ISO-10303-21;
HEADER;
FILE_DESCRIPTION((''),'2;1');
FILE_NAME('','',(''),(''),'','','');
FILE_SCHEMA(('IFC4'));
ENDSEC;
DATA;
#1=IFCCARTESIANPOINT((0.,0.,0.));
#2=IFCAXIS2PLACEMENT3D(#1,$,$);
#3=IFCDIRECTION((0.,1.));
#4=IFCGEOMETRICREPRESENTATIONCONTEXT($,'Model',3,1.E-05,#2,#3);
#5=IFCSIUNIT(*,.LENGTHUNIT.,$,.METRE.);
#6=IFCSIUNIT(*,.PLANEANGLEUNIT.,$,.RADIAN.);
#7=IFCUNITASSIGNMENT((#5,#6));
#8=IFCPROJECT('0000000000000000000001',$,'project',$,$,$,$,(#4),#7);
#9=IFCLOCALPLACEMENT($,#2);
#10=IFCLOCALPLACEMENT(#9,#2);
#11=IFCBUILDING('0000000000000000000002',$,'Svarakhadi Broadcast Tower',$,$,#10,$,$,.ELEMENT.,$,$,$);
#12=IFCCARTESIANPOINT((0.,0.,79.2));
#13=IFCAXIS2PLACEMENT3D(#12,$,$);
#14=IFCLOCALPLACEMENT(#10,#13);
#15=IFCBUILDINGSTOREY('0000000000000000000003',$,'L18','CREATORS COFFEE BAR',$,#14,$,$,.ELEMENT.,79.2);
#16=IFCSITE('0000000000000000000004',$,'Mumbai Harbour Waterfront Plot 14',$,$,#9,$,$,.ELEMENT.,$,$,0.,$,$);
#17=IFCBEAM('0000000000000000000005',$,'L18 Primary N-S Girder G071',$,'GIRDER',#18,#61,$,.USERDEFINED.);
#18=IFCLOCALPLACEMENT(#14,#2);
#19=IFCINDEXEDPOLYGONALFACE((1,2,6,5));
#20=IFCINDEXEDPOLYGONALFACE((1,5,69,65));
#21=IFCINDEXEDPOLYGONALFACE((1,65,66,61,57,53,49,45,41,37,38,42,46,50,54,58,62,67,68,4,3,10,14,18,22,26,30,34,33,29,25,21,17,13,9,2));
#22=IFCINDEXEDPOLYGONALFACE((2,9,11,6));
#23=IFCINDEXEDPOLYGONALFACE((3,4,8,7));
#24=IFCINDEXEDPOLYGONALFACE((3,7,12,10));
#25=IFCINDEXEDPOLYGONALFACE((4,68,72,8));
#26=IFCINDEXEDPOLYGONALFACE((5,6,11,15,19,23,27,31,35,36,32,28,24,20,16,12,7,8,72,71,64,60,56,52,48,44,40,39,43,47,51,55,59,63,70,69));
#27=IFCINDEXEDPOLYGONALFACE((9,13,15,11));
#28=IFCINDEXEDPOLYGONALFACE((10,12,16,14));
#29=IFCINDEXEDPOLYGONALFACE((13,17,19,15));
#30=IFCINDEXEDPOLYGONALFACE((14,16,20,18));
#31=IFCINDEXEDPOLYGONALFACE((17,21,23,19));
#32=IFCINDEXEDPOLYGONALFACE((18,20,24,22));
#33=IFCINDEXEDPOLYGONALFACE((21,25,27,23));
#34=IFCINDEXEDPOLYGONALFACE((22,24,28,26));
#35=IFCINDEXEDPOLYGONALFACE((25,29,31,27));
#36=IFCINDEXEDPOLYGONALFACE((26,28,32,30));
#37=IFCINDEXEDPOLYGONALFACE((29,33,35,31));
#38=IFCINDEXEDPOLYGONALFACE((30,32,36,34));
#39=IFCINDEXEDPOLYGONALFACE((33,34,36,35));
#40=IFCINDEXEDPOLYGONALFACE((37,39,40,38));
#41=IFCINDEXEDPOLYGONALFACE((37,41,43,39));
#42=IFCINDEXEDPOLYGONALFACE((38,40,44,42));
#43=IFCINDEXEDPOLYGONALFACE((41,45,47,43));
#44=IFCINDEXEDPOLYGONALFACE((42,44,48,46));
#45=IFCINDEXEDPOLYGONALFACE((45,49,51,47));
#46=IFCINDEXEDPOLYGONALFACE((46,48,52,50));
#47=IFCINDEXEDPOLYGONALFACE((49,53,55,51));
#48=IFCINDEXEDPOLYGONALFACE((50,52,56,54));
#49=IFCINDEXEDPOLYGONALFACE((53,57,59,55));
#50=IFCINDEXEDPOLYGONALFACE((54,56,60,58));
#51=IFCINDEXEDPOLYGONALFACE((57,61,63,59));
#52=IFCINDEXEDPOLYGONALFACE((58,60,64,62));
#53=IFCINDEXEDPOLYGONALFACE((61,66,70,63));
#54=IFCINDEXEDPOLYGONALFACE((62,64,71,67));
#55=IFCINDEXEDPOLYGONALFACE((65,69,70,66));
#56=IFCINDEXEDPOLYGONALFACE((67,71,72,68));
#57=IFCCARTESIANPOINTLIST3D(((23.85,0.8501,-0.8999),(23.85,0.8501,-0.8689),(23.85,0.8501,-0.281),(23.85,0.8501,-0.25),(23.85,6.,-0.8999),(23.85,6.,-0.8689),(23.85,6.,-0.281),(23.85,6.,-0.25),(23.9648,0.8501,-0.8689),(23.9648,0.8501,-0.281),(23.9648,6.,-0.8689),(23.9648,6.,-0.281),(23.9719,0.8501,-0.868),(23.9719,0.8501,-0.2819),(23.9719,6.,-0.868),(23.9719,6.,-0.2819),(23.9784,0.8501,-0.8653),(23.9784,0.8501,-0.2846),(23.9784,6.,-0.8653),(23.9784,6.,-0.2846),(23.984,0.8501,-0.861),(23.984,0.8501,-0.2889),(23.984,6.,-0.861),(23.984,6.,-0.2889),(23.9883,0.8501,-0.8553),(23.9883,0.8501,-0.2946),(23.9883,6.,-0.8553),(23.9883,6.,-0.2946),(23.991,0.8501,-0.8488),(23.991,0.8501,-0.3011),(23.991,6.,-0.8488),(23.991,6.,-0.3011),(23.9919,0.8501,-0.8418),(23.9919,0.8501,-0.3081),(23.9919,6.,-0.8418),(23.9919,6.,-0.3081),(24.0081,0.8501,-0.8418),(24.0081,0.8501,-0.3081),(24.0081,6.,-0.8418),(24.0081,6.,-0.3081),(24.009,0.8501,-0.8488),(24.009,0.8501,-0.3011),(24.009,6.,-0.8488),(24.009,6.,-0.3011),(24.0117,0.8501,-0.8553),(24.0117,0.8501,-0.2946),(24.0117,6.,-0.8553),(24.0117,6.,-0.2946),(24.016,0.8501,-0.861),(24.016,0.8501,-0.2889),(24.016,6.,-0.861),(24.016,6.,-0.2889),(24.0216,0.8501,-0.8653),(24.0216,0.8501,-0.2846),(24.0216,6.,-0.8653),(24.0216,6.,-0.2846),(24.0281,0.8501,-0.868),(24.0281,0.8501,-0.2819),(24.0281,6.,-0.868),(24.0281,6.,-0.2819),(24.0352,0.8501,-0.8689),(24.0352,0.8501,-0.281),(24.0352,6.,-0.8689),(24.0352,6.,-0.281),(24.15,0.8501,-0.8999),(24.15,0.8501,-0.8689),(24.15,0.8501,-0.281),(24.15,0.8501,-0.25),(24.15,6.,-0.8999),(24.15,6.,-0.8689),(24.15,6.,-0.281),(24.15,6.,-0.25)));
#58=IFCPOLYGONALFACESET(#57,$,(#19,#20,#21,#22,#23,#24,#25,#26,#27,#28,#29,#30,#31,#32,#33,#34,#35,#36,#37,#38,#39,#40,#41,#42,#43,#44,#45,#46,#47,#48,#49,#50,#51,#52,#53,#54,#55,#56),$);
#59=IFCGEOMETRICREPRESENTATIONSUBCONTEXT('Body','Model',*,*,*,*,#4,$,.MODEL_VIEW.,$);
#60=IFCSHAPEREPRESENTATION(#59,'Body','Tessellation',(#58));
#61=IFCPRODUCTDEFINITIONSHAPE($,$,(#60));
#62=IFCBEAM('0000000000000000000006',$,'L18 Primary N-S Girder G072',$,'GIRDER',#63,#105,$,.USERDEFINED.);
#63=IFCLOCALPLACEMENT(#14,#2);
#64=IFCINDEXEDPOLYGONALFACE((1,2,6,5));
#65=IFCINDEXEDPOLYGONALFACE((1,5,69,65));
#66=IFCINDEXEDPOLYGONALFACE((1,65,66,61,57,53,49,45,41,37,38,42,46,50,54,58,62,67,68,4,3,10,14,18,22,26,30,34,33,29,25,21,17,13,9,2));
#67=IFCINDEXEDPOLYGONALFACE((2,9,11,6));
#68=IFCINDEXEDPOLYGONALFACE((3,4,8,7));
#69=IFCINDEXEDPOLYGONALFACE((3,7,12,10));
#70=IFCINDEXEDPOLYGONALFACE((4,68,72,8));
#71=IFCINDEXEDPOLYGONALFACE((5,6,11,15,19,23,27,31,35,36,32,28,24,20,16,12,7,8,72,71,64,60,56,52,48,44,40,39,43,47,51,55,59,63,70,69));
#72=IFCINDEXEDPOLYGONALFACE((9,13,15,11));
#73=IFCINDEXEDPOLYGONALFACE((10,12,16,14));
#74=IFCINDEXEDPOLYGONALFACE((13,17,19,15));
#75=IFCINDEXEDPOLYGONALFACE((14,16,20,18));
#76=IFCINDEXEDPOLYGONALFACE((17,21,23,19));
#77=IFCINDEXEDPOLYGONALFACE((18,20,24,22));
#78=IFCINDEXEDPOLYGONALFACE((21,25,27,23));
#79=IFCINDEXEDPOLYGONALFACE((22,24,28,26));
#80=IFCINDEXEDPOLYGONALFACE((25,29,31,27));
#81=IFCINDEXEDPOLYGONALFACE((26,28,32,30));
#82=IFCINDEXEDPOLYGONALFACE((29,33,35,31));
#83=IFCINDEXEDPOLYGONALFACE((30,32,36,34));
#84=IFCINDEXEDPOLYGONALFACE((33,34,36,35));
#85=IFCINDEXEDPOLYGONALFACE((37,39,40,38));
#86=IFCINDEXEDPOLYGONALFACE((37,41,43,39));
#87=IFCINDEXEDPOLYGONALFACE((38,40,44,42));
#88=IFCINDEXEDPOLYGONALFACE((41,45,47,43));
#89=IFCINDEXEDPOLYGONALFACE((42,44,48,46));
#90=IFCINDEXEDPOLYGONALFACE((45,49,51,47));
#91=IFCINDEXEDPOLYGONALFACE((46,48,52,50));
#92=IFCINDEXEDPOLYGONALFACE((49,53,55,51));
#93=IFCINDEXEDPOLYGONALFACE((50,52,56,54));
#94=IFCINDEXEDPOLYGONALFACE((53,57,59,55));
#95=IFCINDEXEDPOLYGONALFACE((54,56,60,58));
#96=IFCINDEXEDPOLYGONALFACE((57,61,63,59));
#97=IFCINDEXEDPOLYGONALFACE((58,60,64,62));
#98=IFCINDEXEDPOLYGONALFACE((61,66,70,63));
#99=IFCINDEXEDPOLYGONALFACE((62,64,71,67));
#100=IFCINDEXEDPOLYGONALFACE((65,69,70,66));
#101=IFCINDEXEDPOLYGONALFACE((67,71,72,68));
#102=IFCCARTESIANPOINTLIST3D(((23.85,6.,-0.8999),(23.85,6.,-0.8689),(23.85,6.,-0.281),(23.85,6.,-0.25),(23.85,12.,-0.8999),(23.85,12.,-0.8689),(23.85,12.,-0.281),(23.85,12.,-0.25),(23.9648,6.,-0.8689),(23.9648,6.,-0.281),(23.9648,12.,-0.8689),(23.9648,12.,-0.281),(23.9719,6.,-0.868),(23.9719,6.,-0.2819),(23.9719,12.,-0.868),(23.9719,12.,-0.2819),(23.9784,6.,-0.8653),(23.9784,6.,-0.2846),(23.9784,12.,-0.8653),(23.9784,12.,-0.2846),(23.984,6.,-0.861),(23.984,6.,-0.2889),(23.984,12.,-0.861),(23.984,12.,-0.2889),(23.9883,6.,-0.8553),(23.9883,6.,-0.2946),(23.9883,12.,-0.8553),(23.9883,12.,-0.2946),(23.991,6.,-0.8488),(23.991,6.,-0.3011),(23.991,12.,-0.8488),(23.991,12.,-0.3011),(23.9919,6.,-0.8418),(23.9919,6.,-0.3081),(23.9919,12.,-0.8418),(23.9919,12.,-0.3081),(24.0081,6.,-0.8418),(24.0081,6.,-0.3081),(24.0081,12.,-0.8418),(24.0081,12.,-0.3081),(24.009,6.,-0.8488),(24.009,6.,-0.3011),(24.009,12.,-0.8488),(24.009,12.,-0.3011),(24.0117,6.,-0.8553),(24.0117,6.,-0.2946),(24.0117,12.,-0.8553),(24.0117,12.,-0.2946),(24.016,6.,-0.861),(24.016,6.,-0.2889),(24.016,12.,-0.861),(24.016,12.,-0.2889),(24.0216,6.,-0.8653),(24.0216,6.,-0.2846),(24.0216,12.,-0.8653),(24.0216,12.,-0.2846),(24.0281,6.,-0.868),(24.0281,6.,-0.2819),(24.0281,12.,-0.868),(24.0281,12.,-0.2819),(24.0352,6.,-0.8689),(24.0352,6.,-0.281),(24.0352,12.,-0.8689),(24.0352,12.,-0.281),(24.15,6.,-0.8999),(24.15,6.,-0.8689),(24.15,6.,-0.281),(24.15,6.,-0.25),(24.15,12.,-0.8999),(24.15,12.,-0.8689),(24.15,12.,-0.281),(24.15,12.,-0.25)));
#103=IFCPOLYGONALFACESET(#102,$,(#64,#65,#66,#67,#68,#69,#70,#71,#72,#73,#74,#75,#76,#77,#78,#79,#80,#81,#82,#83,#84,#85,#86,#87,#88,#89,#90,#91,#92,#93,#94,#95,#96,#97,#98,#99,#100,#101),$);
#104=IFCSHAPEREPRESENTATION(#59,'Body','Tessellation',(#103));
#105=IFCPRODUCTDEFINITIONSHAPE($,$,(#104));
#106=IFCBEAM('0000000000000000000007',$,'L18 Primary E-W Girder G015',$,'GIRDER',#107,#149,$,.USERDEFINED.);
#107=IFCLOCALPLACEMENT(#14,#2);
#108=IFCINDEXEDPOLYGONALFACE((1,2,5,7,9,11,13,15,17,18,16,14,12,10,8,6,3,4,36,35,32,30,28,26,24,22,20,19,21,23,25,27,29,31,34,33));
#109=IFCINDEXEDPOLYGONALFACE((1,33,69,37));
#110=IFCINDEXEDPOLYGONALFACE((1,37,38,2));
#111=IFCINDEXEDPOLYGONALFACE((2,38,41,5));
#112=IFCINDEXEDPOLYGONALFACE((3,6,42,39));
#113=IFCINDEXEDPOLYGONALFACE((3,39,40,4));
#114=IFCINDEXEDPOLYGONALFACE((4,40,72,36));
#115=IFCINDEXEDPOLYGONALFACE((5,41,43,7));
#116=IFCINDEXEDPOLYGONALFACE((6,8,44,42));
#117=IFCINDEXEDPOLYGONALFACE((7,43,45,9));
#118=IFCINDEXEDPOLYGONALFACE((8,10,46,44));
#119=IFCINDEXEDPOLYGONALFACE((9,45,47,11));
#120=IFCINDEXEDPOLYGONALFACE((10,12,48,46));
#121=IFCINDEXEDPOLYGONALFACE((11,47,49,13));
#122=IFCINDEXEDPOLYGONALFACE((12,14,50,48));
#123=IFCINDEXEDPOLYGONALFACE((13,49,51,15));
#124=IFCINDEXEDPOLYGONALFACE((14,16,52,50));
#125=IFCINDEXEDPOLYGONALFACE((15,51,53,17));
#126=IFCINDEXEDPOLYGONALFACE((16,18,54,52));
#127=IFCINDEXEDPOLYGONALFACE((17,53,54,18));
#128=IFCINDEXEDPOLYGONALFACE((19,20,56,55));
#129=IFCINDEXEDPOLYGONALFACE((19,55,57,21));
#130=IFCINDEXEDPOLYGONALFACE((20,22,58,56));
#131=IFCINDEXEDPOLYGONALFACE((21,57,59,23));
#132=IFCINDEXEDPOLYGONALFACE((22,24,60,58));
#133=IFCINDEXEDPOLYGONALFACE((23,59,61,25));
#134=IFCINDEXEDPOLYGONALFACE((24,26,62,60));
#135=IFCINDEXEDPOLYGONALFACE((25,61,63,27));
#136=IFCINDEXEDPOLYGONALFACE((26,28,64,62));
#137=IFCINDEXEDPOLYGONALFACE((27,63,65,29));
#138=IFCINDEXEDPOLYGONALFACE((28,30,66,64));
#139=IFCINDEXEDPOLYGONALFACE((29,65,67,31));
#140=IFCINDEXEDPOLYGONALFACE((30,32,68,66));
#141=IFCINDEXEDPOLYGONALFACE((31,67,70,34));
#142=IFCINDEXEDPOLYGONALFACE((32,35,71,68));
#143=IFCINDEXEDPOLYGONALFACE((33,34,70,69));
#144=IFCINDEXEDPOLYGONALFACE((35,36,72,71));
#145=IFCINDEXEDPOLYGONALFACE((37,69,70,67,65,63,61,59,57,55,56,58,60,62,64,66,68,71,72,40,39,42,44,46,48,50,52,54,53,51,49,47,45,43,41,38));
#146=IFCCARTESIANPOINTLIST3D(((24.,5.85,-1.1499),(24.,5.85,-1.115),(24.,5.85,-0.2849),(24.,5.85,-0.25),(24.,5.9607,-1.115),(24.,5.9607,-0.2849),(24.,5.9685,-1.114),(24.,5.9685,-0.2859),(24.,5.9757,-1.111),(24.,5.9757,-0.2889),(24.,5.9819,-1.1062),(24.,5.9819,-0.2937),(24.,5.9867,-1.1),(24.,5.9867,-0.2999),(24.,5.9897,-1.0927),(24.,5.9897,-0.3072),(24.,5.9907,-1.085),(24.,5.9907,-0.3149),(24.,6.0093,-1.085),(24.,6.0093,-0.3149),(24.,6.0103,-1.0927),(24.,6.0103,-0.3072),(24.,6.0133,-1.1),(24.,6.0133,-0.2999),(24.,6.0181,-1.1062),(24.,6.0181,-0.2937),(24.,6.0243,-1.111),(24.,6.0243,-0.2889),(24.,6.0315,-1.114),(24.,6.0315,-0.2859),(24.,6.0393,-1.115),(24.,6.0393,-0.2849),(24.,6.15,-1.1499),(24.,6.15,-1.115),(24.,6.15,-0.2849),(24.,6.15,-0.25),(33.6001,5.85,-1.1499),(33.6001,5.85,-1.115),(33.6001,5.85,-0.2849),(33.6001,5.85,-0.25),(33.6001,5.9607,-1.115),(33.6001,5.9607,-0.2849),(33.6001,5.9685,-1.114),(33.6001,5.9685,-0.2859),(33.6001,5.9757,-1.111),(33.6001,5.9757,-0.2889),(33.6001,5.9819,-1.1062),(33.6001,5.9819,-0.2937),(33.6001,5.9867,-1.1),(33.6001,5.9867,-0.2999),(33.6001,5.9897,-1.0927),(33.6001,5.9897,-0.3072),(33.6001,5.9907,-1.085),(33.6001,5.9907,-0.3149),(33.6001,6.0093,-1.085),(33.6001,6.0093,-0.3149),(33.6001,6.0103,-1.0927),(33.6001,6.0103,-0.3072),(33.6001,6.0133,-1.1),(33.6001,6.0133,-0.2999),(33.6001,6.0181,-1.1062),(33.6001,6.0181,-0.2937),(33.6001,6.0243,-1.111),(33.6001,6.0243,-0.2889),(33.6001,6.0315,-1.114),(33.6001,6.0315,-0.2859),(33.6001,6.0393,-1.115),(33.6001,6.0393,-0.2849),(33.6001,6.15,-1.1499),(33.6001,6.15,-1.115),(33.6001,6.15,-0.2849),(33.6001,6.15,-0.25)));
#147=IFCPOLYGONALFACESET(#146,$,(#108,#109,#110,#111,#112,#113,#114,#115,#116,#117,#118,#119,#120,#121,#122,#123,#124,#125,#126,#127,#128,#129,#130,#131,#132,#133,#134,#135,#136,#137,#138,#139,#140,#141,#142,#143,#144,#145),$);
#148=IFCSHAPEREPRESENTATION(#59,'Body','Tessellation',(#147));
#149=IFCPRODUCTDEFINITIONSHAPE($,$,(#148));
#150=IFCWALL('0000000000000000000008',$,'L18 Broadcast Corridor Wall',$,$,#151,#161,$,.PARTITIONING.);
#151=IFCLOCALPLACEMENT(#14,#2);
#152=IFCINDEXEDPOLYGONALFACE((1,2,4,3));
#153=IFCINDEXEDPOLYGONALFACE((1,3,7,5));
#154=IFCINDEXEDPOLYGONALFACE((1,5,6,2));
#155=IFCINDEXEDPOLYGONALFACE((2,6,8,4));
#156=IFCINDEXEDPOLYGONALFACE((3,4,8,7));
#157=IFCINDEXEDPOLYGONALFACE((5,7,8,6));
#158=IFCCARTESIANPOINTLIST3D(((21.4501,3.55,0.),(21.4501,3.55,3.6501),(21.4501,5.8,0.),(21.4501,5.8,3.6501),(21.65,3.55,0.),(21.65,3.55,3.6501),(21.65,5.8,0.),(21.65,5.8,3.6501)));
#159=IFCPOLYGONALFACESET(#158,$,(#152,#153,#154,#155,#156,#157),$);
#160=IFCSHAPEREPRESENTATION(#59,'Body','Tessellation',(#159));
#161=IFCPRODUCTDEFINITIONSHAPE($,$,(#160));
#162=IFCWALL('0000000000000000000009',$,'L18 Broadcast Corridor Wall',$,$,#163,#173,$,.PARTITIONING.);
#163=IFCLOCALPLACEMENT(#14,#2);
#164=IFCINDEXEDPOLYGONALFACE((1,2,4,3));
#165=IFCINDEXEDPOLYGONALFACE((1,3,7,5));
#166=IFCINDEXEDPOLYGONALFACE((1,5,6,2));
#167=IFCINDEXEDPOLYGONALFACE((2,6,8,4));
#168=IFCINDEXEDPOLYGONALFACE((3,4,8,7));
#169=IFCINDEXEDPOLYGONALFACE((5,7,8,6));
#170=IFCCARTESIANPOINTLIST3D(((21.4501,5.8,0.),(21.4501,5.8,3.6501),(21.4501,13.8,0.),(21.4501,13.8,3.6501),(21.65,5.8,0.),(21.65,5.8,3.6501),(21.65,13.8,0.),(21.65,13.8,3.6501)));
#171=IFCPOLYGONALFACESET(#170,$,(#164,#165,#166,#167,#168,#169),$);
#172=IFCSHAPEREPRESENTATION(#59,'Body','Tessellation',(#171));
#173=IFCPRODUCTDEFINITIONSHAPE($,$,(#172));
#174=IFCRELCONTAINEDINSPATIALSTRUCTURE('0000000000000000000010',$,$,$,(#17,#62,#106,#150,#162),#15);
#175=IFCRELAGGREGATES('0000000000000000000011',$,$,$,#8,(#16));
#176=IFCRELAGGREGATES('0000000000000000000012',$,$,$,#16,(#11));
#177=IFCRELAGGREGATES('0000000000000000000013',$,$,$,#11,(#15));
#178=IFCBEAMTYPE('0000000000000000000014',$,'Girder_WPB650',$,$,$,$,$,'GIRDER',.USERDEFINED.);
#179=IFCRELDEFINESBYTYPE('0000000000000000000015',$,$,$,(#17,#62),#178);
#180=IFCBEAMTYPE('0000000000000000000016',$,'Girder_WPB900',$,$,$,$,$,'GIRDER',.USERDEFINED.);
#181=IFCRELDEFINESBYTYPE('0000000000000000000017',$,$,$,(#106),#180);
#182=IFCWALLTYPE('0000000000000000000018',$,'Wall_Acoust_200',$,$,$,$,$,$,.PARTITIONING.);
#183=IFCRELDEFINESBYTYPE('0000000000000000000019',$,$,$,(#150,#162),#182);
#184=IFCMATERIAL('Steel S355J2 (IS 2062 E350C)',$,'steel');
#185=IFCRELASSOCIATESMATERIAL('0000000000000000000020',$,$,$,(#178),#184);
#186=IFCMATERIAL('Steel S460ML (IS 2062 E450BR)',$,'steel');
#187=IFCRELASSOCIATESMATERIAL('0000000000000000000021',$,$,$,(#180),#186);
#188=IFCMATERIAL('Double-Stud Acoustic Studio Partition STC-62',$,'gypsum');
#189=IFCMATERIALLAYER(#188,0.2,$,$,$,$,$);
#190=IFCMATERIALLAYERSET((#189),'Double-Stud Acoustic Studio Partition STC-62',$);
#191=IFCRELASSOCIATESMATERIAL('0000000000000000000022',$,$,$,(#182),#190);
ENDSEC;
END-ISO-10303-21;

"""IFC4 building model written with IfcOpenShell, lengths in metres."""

from ifc_helpers import new_model, si_unit, direction, frame, frame_2d, origin, origin_2d, place, context, subcontext, project, spatial, rectangle, i_section, extrude, material, layer, layer_set, material_profile, profile_set, type_object, element, save


model = new_model("IFC4")

# Units and contexts
model_context = context("Model", 3, precision=1e-05, world=origin(), true_north=direction((0.0, 1.0)))
body_context = subcontext(model_context, "Body", "Model", "MODEL_VIEW")
ifc_project = project(units=[si_unit("LENGTHUNIT", "METRE"), si_unit("PLANEANGLEUNIT", "RADIAN")], contexts=[model_context])

# Site, building, storey
site_placement = place(None, origin())
site = spatial("IfcSite", under=ifc_project, at=site_placement, Name="Mumbai Harbour Waterfront Plot 14", CompositionType="ELEMENT", RefElevation=0.0)
building_placement = place(site_placement, origin())
building = spatial("IfcBuilding", under=site, at=building_placement, Name="Svarakhadi Broadcast Tower", CompositionType="ELEMENT")
storey_placement = place(building_placement, frame((0.0, 0.0, 79.2)))
storey = spatial("IfcBuildingStorey", under=building, at=storey_placement, Name="L18", Description="CREATORS COFFEE BAR", CompositionType="ELEMENT", Elevation=79.2)

# Beams
ifc_material_1 = material(Name="Steel S355J2 (IS 2062 E350C)", Category="steel")
ifc_material_profile_1 = material_profile(ifc_material_1, i_section(OverallWidth=0.3, OverallDepth=0.6499, WebThickness=0.0161, FlangeThickness=0.031, FilletRadius=0.0271, at=origin_2d()), Name="WPB 650x300x225")
ifc_profile_set_1 = profile_set([ifc_material_profile_1], Name="Steel S355J2 (IS 2062 E350C)")
beam_type_1 = type_object("IfcBeamType", Name="Girder_WPB650", ElementType="GIRDER", PredefinedType="USERDEFINED", material=ifc_profile_set_1)
beam_1_placement = place(storey_placement, frame((24.0, 0.8501, -0.575), z_axis=(0.0, 1.0, 0.0), x_axis=(-1.0, 0.0, 0.0)))
element("IfcBeam", 1, at=beam_1_placement, inside=storey, type_object=beam_type_1, Name="L18 Primary N-S Girder G071", ObjectType="GIRDER", PredefinedType="USERDEFINED", context=body_context, shape_type="SweptSolid", body=[
    extrude(i_section(OverallWidth=0.3, OverallDepth=0.6499, WebThickness=0.0161, FlangeThickness=0.031, FilletRadius=0.0271, at=origin_2d()), origin(), (0.0, 0.0, 1.0), 5.1499),
])
beam_2_placement = place(storey_placement, frame((24.0, 6.0, -0.575), z_axis=(0.0, 1.0, 0.0), x_axis=(-1.0, 0.0, 0.0)))
element("IfcBeam", 2, at=beam_2_placement, inside=storey, type_object=beam_type_1, Name="L18 Primary N-S Girder G072", ObjectType="GIRDER", PredefinedType="USERDEFINED", context=body_context, shape_type="SweptSolid", body=[
    extrude(i_section(OverallWidth=0.3, OverallDepth=0.6499, WebThickness=0.0161, FlangeThickness=0.031, FilletRadius=0.0271, at=origin_2d()), origin(), (0.0, 0.0, 1.0), 6.0),
])
ifc_material_2 = material(Name="Steel S460ML (IS 2062 E450BR)", Category="steel")
ifc_material_profile_2 = material_profile(ifc_material_2, i_section(OverallWidth=0.3, OverallDepth=0.8999, WebThickness=0.0186, FlangeThickness=0.0349, FilletRadius=0.03, at=origin_2d()), Name="WPB 900x300x291")
ifc_profile_set_2 = profile_set([ifc_material_profile_2], Name="Steel S460ML (IS 2062 E450BR)")
beam_type_2 = type_object("IfcBeamType", Name="Girder_WPB900", ElementType="GIRDER", PredefinedType="USERDEFINED", material=ifc_profile_set_2)
beam_3_placement = place(storey_placement, frame((24.0, 6.0, -0.7), z_axis=(1.0, 0.0, 0.0), x_axis=(0.0, 1.0, 0.0)))
element("IfcBeam", 3, at=beam_3_placement, inside=storey, type_object=beam_type_2, Name="L18 Primary E-W Girder G015", ObjectType="GIRDER", PredefinedType="USERDEFINED", context=body_context, shape_type="SweptSolid", body=[
    extrude(i_section(OverallWidth=0.3, OverallDepth=0.8999, WebThickness=0.0186, FlangeThickness=0.0349, FilletRadius=0.03, at=origin_2d()), origin(), (0.0, 0.0, 1.0), 9.6001),
])

# Walls
ifc_material_3 = material(Name="Double-Stud Acoustic Studio Partition STC-62", Category="gypsum")
ifc_layer_1 = layer(ifc_material_3, 0.2)
ifc_layer_set_1 = layer_set([ifc_layer_1], Name="Double-Stud Acoustic Studio Partition STC-62")
wall_type_1 = type_object("IfcWallType", Name="Wall_Acoust_200", PredefinedType="PARTITIONING", material=ifc_layer_set_1)
wall_1_placement = place(storey_placement, frame((21.55, 3.55, 0.0), z_axis=(0.0, 0.0, 1.0), x_axis=(0.0, 1.0, 0.0)))
element("IfcWall", 4, at=wall_1_placement, inside=storey, type_object=wall_type_1, Name="L18 Broadcast Corridor Wall", PredefinedType="PARTITIONING", context=body_context, shape_type="SweptSolid", body=[
    extrude(rectangle(XDim=2.25, YDim=0.2, at=frame_2d((1.125, 0.0))), origin(), (0.0, 0.0, 1.0), 3.6501),
])
wall_2_placement = place(storey_placement, frame((21.55, 5.8, 0.0), z_axis=(0.0, 0.0, 1.0), x_axis=(0.0, 1.0, 0.0)))
element("IfcWall", 5, at=wall_2_placement, inside=storey, type_object=wall_type_1, Name="L18 Broadcast Corridor Wall", PredefinedType="PARTITIONING", context=body_context, shape_type="SweptSolid", body=[
    extrude(rectangle(XDim=8.0, YDim=0.2, at=frame_2d((4.0, 0.0))), origin(), (0.0, 0.0, 1.0), 3.6501),
])

save(model, "model.ifc")
